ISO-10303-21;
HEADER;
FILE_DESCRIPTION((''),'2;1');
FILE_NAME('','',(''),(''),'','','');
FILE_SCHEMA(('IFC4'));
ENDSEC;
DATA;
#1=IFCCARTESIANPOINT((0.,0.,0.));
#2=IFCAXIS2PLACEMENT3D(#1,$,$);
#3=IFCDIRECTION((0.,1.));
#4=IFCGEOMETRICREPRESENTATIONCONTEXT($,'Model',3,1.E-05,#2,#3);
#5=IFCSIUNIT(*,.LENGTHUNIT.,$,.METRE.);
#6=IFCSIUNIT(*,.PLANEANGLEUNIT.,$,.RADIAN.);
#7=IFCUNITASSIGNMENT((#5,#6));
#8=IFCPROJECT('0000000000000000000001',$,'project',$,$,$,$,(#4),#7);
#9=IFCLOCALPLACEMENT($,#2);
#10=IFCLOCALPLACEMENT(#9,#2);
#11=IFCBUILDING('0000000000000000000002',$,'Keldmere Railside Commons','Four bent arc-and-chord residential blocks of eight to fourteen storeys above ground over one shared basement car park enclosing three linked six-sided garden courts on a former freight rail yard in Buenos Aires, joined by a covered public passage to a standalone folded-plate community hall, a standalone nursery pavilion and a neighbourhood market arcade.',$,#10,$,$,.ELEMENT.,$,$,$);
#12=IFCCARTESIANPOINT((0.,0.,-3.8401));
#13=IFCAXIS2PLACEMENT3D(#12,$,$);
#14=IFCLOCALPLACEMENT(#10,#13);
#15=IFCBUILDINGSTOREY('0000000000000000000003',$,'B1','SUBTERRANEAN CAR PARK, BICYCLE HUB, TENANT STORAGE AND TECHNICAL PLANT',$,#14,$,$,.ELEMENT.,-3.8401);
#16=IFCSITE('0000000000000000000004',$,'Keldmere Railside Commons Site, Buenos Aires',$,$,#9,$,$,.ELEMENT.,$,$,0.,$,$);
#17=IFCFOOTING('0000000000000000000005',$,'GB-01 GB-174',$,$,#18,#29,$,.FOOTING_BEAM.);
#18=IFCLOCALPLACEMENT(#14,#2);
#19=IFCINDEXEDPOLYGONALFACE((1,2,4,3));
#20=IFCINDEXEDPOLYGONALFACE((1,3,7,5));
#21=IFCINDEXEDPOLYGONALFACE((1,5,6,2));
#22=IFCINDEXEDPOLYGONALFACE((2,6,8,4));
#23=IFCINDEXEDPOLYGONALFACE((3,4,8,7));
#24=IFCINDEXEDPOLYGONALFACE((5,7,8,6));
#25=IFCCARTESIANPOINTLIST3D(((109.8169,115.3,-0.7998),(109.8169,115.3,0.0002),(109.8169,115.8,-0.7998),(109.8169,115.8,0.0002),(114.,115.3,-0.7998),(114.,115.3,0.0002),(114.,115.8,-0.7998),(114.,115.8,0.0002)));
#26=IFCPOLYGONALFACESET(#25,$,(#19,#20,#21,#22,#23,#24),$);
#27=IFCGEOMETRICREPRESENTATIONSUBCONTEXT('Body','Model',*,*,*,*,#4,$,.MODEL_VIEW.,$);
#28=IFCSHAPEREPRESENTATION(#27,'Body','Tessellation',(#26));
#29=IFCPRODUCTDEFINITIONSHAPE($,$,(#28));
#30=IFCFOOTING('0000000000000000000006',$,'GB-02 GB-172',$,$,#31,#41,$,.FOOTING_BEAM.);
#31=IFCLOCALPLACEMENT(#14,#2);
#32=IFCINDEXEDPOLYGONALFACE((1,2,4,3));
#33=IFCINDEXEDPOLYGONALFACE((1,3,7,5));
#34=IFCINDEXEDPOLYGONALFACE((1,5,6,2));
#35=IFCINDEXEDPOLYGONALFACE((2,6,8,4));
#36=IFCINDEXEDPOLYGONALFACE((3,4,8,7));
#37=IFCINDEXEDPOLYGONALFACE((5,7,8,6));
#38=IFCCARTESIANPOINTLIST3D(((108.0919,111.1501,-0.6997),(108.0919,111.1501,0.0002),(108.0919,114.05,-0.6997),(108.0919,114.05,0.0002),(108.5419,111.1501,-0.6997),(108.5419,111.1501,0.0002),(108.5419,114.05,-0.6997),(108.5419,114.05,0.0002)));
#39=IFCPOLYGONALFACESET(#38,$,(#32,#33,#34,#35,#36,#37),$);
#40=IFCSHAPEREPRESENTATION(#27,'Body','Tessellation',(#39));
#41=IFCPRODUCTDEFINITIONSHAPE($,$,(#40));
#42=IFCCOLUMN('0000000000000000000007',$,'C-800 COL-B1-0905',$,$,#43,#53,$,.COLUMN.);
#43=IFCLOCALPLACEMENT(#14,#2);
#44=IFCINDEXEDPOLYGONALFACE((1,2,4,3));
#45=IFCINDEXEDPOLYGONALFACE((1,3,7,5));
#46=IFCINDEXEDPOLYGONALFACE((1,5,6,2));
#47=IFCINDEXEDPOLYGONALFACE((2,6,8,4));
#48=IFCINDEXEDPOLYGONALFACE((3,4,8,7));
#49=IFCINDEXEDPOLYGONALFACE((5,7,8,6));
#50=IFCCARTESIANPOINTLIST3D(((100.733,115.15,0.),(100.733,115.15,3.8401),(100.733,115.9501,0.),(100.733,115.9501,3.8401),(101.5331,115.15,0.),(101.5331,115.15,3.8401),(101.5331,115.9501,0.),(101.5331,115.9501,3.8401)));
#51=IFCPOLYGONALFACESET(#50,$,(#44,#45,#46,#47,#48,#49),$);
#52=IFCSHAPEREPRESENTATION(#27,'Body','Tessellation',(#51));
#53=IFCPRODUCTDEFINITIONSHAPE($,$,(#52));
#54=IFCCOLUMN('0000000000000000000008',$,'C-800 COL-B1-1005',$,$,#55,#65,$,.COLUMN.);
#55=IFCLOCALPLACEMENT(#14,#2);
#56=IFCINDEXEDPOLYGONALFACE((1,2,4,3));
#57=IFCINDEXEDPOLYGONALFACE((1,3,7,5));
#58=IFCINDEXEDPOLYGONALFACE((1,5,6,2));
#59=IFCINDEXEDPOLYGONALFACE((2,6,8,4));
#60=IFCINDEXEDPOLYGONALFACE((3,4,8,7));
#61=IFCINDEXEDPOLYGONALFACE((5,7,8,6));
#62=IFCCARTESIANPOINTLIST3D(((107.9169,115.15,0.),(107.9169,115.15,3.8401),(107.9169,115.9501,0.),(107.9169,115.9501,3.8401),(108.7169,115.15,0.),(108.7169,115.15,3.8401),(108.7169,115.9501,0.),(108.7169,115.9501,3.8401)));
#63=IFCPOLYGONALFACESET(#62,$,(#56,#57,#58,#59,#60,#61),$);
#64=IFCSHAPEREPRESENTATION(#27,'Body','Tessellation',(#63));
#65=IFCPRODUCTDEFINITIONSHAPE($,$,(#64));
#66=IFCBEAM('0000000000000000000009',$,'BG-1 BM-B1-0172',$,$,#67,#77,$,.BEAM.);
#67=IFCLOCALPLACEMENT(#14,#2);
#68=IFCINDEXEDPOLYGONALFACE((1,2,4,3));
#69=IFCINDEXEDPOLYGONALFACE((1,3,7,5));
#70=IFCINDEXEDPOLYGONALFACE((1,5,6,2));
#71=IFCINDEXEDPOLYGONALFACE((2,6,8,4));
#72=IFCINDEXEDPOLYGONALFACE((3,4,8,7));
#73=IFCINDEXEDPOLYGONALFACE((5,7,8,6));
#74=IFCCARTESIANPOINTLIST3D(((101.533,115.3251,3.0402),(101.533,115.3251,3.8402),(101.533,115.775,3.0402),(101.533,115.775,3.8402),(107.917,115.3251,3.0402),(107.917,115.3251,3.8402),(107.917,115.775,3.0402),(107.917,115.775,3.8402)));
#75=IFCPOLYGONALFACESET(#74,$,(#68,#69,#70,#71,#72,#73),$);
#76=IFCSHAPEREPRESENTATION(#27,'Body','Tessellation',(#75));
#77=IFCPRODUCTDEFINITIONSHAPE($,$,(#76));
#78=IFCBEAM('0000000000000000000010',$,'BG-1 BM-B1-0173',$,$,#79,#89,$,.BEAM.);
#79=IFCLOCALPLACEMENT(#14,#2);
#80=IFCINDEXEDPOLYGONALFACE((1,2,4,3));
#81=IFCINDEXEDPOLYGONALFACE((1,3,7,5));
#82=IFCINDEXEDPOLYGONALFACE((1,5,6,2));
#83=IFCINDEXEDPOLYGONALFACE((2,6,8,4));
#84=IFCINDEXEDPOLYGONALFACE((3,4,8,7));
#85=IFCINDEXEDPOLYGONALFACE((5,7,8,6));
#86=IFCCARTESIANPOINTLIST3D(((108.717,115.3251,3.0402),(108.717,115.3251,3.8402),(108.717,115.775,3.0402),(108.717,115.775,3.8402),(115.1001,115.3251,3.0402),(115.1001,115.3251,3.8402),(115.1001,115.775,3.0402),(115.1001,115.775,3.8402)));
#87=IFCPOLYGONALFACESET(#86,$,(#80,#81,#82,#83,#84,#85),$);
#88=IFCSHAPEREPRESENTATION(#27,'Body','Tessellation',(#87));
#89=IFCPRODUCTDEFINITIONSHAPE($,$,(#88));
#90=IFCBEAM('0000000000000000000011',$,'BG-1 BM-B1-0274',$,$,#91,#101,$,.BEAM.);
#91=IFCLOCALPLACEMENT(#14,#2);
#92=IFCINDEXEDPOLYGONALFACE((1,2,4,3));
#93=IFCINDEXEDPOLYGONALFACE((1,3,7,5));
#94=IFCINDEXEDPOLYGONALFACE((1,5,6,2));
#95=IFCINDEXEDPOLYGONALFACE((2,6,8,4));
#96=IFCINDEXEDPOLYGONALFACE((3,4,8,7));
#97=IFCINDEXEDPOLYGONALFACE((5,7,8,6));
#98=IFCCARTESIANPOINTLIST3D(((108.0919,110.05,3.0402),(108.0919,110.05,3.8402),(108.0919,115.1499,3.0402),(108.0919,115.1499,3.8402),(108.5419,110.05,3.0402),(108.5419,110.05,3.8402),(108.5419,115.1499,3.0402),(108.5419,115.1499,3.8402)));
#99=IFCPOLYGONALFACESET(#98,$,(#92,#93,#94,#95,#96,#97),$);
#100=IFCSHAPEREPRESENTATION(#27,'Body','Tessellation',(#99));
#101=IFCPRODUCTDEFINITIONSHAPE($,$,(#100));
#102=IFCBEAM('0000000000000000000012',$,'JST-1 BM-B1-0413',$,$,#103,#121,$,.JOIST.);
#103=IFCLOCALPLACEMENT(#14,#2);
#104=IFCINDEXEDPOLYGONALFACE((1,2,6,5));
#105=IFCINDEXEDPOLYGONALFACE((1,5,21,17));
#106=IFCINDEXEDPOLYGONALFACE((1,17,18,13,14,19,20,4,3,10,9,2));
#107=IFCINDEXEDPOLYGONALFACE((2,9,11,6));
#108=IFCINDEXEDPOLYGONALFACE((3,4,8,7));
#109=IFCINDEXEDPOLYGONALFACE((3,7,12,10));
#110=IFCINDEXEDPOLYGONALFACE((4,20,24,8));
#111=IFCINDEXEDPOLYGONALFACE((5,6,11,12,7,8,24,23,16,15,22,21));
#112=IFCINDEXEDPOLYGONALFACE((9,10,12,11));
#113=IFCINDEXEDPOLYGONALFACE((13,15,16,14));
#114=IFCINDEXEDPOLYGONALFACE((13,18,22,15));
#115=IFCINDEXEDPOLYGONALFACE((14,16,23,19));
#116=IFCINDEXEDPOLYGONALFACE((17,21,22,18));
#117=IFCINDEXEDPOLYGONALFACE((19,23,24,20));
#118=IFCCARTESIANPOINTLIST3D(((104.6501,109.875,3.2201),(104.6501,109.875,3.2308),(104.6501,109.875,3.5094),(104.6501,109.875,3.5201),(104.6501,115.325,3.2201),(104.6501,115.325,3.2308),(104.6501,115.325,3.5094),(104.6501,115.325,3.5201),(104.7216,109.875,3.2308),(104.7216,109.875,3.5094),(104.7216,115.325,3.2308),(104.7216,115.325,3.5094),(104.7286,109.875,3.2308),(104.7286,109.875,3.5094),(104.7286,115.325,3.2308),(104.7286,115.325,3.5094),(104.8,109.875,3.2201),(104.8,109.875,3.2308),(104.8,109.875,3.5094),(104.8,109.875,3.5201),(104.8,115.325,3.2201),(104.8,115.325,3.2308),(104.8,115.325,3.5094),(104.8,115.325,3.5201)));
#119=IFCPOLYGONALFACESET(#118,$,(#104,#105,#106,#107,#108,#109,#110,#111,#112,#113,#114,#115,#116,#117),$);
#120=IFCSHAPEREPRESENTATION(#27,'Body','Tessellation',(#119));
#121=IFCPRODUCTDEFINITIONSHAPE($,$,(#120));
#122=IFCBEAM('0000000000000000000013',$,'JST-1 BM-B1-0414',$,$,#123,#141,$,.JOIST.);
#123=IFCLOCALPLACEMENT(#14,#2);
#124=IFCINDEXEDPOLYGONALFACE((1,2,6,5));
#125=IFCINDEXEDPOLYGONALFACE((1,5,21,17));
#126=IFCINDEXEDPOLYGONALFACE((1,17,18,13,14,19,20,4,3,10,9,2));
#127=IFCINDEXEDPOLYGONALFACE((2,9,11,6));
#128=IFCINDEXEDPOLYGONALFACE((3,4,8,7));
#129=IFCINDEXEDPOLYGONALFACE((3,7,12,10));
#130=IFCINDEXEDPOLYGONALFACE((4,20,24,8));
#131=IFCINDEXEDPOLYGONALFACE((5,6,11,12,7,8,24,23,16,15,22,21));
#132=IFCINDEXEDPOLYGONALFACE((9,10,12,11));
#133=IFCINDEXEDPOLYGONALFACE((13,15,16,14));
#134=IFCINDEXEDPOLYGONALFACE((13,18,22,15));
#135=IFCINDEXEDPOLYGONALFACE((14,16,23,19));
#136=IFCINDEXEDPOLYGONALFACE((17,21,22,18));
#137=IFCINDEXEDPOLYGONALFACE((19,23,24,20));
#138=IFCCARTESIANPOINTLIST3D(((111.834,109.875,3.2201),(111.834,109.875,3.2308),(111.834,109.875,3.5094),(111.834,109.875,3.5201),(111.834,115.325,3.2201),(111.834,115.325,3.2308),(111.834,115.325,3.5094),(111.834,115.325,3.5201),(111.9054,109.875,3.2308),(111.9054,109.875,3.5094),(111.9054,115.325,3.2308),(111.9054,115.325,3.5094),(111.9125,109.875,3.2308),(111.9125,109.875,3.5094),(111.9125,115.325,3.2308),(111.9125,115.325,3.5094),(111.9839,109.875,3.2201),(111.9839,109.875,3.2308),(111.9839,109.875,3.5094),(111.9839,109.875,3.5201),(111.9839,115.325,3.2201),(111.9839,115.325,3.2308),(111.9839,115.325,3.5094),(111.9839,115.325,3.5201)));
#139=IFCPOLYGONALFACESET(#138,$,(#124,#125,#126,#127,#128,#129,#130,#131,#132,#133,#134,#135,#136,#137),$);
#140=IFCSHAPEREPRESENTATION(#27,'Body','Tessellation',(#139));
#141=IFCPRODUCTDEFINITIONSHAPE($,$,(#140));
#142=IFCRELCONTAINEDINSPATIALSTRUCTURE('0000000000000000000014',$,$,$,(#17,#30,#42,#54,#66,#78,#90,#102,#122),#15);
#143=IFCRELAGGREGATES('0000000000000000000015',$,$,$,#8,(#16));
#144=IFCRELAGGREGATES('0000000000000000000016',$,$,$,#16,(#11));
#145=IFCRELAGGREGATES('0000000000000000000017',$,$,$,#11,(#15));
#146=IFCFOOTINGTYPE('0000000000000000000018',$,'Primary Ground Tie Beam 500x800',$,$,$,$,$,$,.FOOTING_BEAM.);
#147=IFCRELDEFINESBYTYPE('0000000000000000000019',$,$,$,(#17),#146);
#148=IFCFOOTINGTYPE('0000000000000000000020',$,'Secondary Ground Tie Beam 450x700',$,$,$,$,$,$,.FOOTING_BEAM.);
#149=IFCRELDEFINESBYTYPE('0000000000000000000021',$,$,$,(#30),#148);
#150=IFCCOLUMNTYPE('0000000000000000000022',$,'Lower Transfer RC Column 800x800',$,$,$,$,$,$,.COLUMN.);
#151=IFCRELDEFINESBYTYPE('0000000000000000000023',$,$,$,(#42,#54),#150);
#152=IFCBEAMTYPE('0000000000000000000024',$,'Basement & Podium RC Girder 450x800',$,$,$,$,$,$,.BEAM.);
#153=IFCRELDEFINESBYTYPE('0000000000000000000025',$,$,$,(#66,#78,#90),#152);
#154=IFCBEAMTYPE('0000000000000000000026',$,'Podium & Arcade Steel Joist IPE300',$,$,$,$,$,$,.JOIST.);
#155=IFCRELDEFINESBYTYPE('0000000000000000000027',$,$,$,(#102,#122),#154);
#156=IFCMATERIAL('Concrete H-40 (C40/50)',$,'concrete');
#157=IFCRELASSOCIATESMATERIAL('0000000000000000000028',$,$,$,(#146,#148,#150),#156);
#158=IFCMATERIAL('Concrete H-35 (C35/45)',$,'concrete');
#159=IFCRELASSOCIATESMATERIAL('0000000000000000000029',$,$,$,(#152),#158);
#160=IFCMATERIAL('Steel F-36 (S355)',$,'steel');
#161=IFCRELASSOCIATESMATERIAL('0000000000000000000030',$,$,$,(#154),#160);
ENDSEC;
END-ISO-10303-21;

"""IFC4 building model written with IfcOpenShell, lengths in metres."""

from ifc_helpers import new_model, si_unit, direction, frame, origin, origin_2d, place, context, subcontext, project, spatial, rectangle, i_section, extrude, material, material_profile, profile_set, type_object, element, save


model = new_model("IFC4")

# Units and contexts
model_context = context("Model", 3, precision=1e-05, world=origin(), true_north=direction((0.0, 1.0)))
body_context = subcontext(model_context, "Body", "Model", "MODEL_VIEW")
ifc_project = project(units=[si_unit("LENGTHUNIT", "METRE"), si_unit("PLANEANGLEUNIT", "RADIAN")], contexts=[model_context])

# Site, building, storey
site_placement = place(None, origin())
site = spatial("IfcSite", under=ifc_project, at=site_placement, Name="Keldmere Railside Commons Site, Buenos Aires", CompositionType="ELEMENT", RefElevation=0.0)
building_placement = place(site_placement, origin())
building = spatial("IfcBuilding", under=site, at=building_placement, Name="Keldmere Railside Commons", Description="Four bent arc-and-chord residential blocks of eight to fourteen storeys above ground over one shared basement car park enclosing three linked six-sided garden courts on a former freight rail yard in Buenos Aires, joined by a covered public passage to a standalone folded-plate community hall, a standalone nursery pavilion and a neighbourhood market arcade.", CompositionType="ELEMENT")
storey_placement = place(building_placement, frame((0.0, 0.0, -3.8401)))
storey = spatial("IfcBuildingStorey", under=building, at=storey_placement, Name="B1", Description="SUBTERRANEAN CAR PARK, BICYCLE HUB, TENANT STORAGE AND TECHNICAL PLANT", CompositionType="ELEMENT", Elevation=-3.8401)

# Footings
ifc_material_1 = material(Name="Concrete H-40 (C40/50)", Category="concrete")
footing_type_1 = type_object("IfcFootingType", Name="Primary Ground Tie Beam 500x800", PredefinedType="FOOTING_BEAM", material=ifc_material_1)
footing_1_placement = place(storey_placement, frame((111.9084, 115.55, -0.7998), z_axis=(0.0, 0.0, 1.0), x_axis=(1.0, 0.0, 0.0)))
element("IfcFooting", 1, at=footing_1_placement, inside=storey, type_object=footing_type_1, Name="GB-01 GB-174", PredefinedType="FOOTING_BEAM", context=body_context, shape_type="SweptSolid", body=[
    extrude(rectangle(XDim=4.1831, YDim=0.5, at=origin_2d()), origin(), (0.0, 0.0, 1.0), 0.8),
])
footing_type_2 = type_object("IfcFootingType", Name="Secondary Ground Tie Beam 450x700", PredefinedType="FOOTING_BEAM", material=ifc_material_1)
footing_2_placement = place(storey_placement, frame((108.3169, 112.6001, -0.6997), z_axis=(0.0, 0.0, 1.0), x_axis=(0.0, 1.0, 0.0)))
element("IfcFooting", 2, at=footing_2_placement, inside=storey, type_object=footing_type_2, Name="GB-02 GB-172", PredefinedType="FOOTING_BEAM", context=body_context, shape_type="SweptSolid", body=[
    extrude(rectangle(XDim=2.8999, YDim=0.45, at=origin_2d()), origin(), (0.0, 0.0, 1.0), 0.7),
])

# Columns
ifc_material_profile_1 = material_profile(ifc_material_1, rectangle(XDim=0.8, YDim=0.8, at=origin_2d()), Name="RC-800x800")
ifc_profile_set_1 = profile_set([ifc_material_profile_1], Name="Concrete H-40 (C40/50)")
column_type = type_object("IfcColumnType", Name="Lower Transfer RC Column 800x800", PredefinedType="COLUMN", material=ifc_profile_set_1)
for number, where, z_axis, x_axis, name in (
    (3, (101.1331, 115.55, 0.0), (0.0, 0.0, 1.0), (1.0, 0.0, 0.0), "C-800 COL-B1-0905"),
    (4, (108.3169, 115.55, 0.0), (0.0, 0.0, 1.0), (1.0, 0.0, 0.0), "C-800 COL-B1-1005"),
):
    element("IfcColumn", number, at=place(storey_placement, frame(where, z_axis=z_axis, x_axis=x_axis)), inside=storey, type_object=column_type, Name=name, PredefinedType="COLUMN", context=body_context, shape_type="SweptSolid", body=[
        extrude(rectangle(XDim=0.8, YDim=0.8, at=origin_2d()), origin(), (0.0, 0.0, 1.0), 3.8401),
    ])

# Beams
ifc_material_2 = material(Name="Concrete H-35 (C35/45)", Category="concrete")
ifc_material_profile_2 = material_profile(ifc_material_2, rectangle(XDim=0.45, YDim=0.8, at=origin_2d()), Name="RC-450x800")
ifc_profile_set_2 = profile_set([ifc_material_profile_2], Name="Concrete H-35 (C35/45)")
beam_type_1 = type_object("IfcBeamType", Name="Basement & Podium RC Girder 450x800", PredefinedType="BEAM", material=ifc_profile_set_2)
beam_1_placement = place(storey_placement, frame((101.533, 115.55, 3.4402), z_axis=(1.0, 0.0, 0.0), x_axis=(0.0, 1.0, 0.0)))
element("IfcBeam", 5, at=beam_1_placement, inside=storey, type_object=beam_type_1, Name="BG-1 BM-B1-0172", PredefinedType="BEAM", context=body_context, shape_type="SweptSolid", body=[
    extrude(rectangle(XDim=0.45, YDim=0.8, at=origin_2d()), origin(), (0.0, 0.0, 1.0), 6.384),
])
beam_2_placement = place(storey_placement, frame((108.717, 115.55, 3.4402), z_axis=(1.0, 0.0, 0.0), x_axis=(0.0, 1.0, 0.0)))
element("IfcBeam", 6, at=beam_2_placement, inside=storey, type_object=beam_type_1, Name="BG-1 BM-B1-0173", PredefinedType="BEAM", context=body_context, shape_type="SweptSolid", body=[
    extrude(rectangle(XDim=0.45, YDim=0.8, at=origin_2d()), origin(), (0.0, 0.0, 1.0), 6.3831),
])
beam_3_placement = place(storey_placement, frame((108.3169, 110.05, 3.4402), z_axis=(0.0, 1.0, 0.0), x_axis=(-1.0, 0.0, 0.0)))
element("IfcBeam", 7, at=beam_3_placement, inside=storey, type_object=beam_type_1, Name="BG-1 BM-B1-0274", PredefinedType="BEAM", context=body_context, shape_type="SweptSolid", body=[
    extrude(rectangle(XDim=0.45, YDim=0.8, at=origin_2d()), origin(), (0.0, 0.0, 1.0), 5.0999),
])
ifc_material_3 = material(Name="Steel F-36 (S355)", Category="steel")
ifc_material_profile_3 = material_profile(ifc_material_3, i_section(OverallWidth=0.1499, OverallDepth=0.3, WebThickness=0.0071, FlangeThickness=0.0107, at=origin_2d()), Name="IPE-300")
ifc_profile_set_3 = profile_set([ifc_material_profile_3], Name="Steel F-36 (S355)")
beam_type_2 = type_object("IfcBeamType", Name="Podium & Arcade Steel Joist IPE300", PredefinedType="JOIST", material=ifc_profile_set_3)
for number, where, z_axis, x_axis, name in (
    (8, (104.7251, 109.875, 3.3701), (0.0, 1.0, 0.0), (-1.0, 0.0, 0.0), "JST-1 BM-B1-0413"),
    (9, (111.9089, 109.875, 3.3701), (0.0, 1.0, 0.0), (-1.0, 0.0, 0.0), "JST-1 BM-B1-0414"),
):
    element("IfcBeam", number, at=place(storey_placement, frame(where, z_axis=z_axis, x_axis=x_axis)), inside=storey, type_object=beam_type_2, Name=name, PredefinedType="JOIST", context=body_context, shape_type="SweptSolid", body=[
        extrude(i_section(OverallWidth=0.1499, OverallDepth=0.3, WebThickness=0.0071, FlangeThickness=0.0107, at=origin_2d()), origin(), (0.0, 0.0, 1.0), 5.45),
    ])

save(model, "model.ifc")
